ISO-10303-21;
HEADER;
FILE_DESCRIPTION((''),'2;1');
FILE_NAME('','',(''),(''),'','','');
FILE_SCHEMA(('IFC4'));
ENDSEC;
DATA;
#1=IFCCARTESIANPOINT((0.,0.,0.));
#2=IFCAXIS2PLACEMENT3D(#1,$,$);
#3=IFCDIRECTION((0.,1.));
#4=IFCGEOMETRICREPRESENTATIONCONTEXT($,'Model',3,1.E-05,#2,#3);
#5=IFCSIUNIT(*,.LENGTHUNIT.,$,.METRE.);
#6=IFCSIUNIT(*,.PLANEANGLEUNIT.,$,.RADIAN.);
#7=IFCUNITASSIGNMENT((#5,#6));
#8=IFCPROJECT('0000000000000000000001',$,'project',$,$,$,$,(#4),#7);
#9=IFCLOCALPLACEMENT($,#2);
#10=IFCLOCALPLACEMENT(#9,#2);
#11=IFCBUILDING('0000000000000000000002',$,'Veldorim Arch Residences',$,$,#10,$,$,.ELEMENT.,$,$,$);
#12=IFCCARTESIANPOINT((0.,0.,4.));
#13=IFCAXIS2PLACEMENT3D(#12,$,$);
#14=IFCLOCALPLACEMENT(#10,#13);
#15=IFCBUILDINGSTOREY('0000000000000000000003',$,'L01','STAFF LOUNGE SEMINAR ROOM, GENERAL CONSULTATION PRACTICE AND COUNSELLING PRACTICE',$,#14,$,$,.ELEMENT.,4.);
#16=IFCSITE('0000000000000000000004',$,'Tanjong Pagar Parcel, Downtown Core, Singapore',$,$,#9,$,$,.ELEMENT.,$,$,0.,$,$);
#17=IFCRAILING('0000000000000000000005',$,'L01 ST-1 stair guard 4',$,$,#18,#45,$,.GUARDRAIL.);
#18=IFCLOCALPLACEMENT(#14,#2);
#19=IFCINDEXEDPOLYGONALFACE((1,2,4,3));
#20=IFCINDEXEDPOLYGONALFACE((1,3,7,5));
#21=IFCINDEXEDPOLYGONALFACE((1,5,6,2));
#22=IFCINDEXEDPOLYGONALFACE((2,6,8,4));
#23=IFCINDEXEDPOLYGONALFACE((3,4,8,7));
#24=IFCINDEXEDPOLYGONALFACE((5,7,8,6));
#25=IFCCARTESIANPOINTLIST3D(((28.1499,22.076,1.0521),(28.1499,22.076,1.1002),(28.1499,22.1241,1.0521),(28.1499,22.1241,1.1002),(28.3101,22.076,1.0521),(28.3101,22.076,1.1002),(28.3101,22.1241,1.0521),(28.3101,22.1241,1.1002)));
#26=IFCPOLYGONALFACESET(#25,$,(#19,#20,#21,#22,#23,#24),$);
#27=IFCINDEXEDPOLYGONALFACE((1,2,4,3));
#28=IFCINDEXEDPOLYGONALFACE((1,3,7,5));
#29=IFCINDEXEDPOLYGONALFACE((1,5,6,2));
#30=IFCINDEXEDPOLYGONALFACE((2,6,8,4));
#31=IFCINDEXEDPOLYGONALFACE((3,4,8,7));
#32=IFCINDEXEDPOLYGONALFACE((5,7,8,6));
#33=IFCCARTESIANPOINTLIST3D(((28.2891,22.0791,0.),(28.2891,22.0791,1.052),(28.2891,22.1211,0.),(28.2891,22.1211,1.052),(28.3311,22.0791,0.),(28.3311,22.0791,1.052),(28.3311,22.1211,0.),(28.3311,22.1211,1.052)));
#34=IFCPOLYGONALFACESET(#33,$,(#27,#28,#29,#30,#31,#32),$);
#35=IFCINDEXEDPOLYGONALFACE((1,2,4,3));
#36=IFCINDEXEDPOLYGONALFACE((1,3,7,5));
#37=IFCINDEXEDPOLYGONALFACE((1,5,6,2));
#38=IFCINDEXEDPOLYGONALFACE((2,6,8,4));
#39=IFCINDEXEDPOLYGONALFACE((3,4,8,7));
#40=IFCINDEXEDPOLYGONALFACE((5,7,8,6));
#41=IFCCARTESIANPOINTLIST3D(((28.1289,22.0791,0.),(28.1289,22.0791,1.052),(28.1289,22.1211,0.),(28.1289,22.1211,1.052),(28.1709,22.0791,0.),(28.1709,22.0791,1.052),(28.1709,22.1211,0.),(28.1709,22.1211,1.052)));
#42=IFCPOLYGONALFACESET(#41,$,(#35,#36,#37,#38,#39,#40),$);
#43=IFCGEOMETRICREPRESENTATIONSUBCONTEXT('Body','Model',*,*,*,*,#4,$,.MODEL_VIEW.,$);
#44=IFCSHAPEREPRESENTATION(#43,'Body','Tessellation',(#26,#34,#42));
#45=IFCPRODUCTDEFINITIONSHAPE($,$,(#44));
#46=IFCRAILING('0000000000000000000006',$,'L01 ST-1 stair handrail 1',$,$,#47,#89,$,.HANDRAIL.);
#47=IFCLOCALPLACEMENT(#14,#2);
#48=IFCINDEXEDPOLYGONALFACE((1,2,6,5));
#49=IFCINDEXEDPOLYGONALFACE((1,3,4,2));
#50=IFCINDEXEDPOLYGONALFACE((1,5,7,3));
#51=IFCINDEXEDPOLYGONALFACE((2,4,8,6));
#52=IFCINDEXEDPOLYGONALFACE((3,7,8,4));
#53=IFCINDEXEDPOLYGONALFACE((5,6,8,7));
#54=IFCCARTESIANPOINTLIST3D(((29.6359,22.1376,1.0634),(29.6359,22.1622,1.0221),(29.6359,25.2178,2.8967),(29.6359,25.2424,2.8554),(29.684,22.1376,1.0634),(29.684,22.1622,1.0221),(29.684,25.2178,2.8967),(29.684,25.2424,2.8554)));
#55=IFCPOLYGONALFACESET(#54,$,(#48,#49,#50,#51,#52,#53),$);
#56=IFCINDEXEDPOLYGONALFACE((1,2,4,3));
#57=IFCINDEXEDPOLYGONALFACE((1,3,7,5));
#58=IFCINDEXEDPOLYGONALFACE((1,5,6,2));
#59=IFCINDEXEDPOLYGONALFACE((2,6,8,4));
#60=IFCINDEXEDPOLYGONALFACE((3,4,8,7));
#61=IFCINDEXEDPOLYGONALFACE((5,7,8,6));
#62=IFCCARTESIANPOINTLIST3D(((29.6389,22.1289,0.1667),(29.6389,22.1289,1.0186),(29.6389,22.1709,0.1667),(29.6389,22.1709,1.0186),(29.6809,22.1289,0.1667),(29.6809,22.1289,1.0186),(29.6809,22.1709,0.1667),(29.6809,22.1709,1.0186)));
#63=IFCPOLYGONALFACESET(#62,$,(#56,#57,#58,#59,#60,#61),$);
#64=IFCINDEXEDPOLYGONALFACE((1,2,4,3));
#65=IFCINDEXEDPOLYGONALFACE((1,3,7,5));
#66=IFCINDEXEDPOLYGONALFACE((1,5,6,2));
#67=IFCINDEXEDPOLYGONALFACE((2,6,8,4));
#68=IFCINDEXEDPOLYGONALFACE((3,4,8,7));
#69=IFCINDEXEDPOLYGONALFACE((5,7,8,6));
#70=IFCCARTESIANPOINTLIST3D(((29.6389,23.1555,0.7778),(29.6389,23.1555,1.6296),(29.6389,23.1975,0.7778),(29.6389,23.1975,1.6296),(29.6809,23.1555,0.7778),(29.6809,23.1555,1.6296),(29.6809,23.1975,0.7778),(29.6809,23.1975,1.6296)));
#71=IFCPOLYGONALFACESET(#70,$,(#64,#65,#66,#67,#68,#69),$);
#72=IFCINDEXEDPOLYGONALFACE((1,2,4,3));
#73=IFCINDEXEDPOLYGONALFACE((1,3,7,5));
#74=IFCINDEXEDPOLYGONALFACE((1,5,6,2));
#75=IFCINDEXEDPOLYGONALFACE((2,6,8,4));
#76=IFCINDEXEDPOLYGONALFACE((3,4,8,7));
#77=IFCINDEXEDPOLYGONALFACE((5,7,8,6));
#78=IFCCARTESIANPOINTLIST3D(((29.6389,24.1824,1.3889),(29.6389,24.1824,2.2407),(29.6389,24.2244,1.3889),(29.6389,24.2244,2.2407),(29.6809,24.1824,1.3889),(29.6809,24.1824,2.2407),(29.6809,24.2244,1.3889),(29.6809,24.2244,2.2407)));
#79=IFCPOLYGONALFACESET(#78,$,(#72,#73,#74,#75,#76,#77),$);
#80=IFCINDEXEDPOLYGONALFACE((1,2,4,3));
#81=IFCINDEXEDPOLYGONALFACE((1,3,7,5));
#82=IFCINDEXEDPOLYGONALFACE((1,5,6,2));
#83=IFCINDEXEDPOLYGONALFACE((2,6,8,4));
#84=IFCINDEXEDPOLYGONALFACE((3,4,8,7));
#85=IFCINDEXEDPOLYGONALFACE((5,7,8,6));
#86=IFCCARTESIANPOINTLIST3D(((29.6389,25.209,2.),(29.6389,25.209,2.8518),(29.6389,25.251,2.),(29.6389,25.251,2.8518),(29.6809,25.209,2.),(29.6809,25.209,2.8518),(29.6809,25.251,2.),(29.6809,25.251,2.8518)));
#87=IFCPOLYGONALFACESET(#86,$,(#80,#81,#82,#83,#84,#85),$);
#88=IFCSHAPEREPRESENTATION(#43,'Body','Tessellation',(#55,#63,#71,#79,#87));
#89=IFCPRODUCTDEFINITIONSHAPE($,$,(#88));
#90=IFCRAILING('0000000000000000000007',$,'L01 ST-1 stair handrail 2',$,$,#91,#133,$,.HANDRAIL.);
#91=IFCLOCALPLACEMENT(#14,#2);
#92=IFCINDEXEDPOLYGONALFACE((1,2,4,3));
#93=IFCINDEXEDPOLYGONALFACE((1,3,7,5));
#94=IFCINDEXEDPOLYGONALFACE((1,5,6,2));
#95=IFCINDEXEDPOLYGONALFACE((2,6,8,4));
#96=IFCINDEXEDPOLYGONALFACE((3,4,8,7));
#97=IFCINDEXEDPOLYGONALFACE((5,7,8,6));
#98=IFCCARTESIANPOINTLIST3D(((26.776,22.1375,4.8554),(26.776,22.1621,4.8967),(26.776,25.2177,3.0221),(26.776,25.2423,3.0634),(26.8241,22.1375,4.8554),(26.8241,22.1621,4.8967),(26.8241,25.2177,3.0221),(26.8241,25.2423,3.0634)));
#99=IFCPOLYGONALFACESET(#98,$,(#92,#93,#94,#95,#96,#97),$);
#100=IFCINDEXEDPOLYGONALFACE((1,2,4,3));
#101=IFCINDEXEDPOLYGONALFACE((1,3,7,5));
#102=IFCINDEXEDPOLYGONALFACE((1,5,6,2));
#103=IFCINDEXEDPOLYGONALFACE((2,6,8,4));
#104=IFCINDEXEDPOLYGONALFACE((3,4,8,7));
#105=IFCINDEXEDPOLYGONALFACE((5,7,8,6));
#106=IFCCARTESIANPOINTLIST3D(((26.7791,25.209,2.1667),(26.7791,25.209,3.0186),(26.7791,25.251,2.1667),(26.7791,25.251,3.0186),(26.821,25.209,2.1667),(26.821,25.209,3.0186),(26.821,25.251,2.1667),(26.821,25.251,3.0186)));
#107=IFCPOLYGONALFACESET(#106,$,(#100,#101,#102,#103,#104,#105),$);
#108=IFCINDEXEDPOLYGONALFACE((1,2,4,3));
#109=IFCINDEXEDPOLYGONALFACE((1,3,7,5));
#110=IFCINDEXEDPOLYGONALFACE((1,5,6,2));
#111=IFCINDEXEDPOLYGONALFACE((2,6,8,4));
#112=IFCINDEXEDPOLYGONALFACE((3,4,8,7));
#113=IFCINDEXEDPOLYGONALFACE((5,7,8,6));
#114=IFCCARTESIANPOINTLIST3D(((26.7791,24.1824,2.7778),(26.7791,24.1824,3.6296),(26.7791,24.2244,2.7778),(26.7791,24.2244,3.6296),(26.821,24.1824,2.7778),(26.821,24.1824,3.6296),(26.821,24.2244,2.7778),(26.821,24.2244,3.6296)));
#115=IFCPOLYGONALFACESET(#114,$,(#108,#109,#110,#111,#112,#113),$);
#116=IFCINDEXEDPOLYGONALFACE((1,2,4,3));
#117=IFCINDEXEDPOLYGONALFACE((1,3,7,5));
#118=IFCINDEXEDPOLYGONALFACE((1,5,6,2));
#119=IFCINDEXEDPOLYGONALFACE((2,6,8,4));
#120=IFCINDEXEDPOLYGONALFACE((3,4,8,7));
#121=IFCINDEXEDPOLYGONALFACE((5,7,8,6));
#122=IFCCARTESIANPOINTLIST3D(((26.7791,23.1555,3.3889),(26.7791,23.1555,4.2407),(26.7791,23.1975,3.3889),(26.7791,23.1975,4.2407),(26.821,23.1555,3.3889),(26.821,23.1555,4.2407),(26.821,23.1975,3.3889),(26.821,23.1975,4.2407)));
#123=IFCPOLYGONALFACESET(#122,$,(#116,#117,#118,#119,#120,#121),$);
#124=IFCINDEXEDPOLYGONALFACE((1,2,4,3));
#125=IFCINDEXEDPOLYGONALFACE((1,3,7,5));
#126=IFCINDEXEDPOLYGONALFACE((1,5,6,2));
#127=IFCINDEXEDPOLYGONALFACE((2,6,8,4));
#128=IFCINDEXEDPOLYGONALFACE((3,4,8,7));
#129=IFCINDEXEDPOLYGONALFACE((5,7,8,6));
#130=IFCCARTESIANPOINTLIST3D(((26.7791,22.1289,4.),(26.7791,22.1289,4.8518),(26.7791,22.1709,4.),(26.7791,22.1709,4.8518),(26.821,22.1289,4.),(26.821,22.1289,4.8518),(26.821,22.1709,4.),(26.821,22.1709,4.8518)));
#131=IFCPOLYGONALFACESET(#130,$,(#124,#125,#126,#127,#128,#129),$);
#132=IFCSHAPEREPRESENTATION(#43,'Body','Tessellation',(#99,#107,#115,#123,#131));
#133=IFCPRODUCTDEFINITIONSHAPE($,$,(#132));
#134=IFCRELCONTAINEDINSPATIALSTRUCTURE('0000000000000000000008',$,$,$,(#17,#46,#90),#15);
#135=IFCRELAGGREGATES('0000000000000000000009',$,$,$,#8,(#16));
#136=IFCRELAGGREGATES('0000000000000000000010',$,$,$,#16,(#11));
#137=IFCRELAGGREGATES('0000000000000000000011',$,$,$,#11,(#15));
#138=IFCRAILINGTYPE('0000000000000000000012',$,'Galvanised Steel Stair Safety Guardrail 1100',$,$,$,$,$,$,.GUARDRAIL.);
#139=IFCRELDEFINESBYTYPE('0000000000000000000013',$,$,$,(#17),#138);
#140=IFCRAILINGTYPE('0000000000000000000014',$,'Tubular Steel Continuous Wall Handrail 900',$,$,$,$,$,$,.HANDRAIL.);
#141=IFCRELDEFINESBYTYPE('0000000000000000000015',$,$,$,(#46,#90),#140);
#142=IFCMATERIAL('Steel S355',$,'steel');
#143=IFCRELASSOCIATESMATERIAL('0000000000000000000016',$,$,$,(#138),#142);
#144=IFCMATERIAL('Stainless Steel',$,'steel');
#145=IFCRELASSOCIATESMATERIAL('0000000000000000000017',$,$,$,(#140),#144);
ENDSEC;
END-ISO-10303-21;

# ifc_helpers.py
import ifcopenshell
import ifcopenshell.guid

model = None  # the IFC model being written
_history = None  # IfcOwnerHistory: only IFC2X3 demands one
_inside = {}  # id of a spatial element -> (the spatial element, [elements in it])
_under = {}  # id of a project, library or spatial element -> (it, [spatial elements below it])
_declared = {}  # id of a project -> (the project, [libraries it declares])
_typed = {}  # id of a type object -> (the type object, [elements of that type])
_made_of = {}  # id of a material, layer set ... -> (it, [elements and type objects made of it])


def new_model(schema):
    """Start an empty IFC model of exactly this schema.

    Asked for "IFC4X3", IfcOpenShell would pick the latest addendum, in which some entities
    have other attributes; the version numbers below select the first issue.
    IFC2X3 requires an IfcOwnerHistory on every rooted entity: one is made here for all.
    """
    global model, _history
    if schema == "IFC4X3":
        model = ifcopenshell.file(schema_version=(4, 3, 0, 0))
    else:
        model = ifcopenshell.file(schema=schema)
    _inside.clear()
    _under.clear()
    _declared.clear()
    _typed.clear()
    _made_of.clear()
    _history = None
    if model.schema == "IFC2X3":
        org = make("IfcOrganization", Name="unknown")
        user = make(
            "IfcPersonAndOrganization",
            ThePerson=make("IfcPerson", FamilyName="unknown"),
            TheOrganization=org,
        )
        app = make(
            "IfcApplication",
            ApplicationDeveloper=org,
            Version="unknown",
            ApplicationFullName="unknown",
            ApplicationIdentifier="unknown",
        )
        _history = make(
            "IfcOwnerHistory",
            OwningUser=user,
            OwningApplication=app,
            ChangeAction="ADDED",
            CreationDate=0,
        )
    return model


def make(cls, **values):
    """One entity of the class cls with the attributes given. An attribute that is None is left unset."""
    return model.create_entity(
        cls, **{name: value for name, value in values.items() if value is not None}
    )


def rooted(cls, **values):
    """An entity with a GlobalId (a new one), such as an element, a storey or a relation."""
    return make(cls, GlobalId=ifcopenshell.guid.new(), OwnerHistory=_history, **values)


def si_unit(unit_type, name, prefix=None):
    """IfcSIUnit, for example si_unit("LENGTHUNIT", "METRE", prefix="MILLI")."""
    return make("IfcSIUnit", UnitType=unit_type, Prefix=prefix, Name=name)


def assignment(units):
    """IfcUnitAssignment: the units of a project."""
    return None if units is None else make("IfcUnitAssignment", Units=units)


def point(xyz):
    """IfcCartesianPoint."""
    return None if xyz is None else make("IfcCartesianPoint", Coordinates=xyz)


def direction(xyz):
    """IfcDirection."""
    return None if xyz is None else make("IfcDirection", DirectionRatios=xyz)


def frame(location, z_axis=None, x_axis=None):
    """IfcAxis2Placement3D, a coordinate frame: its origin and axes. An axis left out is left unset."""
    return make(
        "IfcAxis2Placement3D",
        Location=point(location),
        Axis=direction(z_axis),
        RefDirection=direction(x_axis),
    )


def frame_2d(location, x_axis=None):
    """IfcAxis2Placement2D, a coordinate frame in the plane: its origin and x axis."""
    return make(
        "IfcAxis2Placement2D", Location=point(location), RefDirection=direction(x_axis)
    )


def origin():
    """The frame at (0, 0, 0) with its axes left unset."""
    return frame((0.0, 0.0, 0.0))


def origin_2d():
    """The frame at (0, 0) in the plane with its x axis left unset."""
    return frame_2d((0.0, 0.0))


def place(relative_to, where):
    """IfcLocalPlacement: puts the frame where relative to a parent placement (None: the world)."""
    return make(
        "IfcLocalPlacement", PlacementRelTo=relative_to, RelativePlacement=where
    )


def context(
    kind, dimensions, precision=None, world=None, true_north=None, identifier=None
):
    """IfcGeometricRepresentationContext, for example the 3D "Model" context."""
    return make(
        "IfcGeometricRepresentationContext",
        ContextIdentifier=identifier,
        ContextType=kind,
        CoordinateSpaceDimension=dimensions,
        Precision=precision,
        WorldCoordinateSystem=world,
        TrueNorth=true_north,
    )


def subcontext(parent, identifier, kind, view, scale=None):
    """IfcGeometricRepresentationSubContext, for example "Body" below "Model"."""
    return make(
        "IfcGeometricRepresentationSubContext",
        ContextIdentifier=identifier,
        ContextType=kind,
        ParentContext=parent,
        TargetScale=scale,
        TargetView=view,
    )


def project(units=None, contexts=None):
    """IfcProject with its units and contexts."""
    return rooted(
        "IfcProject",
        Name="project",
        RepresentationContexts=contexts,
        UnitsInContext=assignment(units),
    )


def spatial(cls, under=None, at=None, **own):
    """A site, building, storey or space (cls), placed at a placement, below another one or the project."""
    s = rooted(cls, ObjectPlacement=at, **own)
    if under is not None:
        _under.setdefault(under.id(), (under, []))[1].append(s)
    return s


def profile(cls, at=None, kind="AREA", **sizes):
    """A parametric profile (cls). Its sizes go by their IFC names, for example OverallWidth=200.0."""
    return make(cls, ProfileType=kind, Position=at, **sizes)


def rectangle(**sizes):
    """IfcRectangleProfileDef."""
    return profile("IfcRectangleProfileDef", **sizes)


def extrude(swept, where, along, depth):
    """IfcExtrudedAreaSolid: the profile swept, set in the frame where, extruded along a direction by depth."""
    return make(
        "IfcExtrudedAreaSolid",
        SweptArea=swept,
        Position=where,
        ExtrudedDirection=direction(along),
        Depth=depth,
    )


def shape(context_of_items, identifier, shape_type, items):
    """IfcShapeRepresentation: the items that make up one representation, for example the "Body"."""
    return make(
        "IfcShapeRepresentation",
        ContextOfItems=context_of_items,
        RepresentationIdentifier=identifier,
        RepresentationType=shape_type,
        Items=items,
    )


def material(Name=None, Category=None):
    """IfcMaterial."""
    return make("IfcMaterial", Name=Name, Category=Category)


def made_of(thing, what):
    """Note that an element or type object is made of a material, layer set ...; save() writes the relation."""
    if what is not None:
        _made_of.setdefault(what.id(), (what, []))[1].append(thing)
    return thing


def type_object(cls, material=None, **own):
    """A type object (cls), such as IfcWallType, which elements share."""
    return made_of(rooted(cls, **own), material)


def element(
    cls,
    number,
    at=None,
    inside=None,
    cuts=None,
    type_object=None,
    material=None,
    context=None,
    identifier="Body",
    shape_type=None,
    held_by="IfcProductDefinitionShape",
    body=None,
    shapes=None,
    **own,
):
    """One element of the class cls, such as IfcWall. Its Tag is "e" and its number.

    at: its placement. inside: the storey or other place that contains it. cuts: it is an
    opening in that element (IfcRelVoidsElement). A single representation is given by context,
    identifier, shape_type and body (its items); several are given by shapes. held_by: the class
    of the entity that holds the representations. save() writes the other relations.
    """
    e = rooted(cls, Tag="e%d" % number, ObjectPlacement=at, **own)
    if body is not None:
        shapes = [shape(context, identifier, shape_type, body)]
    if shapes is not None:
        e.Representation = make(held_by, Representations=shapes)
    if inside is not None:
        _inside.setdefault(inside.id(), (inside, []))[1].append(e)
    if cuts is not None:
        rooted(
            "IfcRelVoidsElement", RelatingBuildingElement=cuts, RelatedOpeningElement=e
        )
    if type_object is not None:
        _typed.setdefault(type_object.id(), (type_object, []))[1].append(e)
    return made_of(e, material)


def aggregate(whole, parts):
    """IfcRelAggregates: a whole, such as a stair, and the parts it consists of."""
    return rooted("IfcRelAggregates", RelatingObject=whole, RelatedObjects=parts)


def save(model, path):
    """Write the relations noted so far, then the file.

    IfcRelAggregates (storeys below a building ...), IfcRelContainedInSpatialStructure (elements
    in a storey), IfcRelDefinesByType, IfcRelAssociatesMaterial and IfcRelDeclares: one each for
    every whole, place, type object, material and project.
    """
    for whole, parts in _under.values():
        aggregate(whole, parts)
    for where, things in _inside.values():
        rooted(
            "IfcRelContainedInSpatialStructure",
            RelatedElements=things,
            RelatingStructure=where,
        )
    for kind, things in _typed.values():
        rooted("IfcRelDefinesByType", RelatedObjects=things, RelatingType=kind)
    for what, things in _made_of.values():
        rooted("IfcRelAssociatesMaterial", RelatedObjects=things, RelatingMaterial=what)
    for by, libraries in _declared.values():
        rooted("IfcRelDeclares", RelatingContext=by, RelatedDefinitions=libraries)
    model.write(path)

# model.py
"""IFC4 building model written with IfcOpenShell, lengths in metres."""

from ifc_helpers import new_model, si_unit, direction, frame, origin, origin_2d, place, context, subcontext, project, spatial, rectangle, extrude, material, type_object, element, save


model = new_model("IFC4")

# Units and contexts
model_context = context("Model", 3, precision=1e-05, world=origin(), true_north=direction((0.0, 1.0)))
body_context = subcontext(model_context, "Body", "Model", "MODEL_VIEW")
ifc_project = project(units=[si_unit("LENGTHUNIT", "METRE"), si_unit("PLANEANGLEUNIT", "RADIAN")], contexts=[model_context])

# Site, building, storey
site_placement = place(None, origin())
site = spatial("IfcSite", under=ifc_project, at=site_placement, Name="Tanjong Pagar Parcel, Downtown Core, Singapore", CompositionType="ELEMENT", RefElevation=0.0)
building_placement = place(site_placement, origin())
building = spatial("IfcBuilding", under=site, at=building_placement, Name="Veldorim Arch Residences", CompositionType="ELEMENT")
storey_placement = place(building_placement, frame((0.0, 0.0, 4.0)))
storey = spatial("IfcBuildingStorey", under=building, at=storey_placement, Name="L01", Description="STAFF LOUNGE SEMINAR ROOM, GENERAL CONSULTATION PRACTICE AND COUNSELLING PRACTICE", CompositionType="ELEMENT", Elevation=4.0)

# Railings
ifc_material_1 = material(Name="Steel S355", Category="steel")
railing_type_1 = type_object("IfcRailingType", Name="Galvanised Steel Stair Safety Guardrail 1100", PredefinedType="GUARDRAIL", material=ifc_material_1)
railing_1_placement = place(storey_placement, frame((28.3101, 22.1001, 0.0)))
element("IfcRailing", 1, at=railing_1_placement, inside=storey, type_object=railing_type_1, Name="L01 ST-1 stair guard 4", PredefinedType="GUARDRAIL", context=body_context, shape_type="SweptSolid", body=[
    extrude(rectangle(XDim=0.0481, YDim=0.0481, at=origin_2d()), frame((0.0, 0.0, 1.0762), z_axis=(-1.0, 0.0, 0.0), x_axis=(0.0, -1.0, 0.0)), (0.0, 0.0, 1.0), 0.1602),
    extrude(rectangle(XDim=0.042, YDim=0.042, at=origin_2d()), origin(), (0.0, 0.0, 1.0), 1.052),
    extrude(rectangle(XDim=0.042, YDim=0.042, at=origin_2d()), frame((-0.1602, 0.0, 0.0)), (0.0, 0.0, 1.0), 1.052),
])
ifc_material_2 = material(Name="Stainless Steel", Category="steel")
railing_type_2 = type_object("IfcRailingType", Name="Tubular Steel Continuous Wall Handrail 900", PredefinedType="HANDRAIL", material=ifc_material_2)
railing_2_placement = place(storey_placement, frame((29.6599, 22.1499, 0.1667)))
element("IfcRailing", 2, at=railing_2_placement, inside=storey, type_object=railing_type_2, Name="L01 ST-1 stair handrail 1", PredefinedType="HANDRAIL", context=body_context, shape_type="SweptSolid", body=[
    extrude(rectangle(XDim=0.0481, YDim=0.0481, at=origin_2d()), frame((0.0, 0.0, 0.876), z_axis=(0.0, 0.859309, 0.511458), x_axis=(-1.0, 0.0, 0.0)), (0.0, 0.0, 1.0), 3.5845),
    extrude(rectangle(XDim=0.042, YDim=0.042, at=origin_2d()), origin(), (0.0, 0.0, 1.0), 0.8518),
    extrude(rectangle(XDim=0.042, YDim=0.042, at=origin_2d()), frame((0.0, 1.0266, 0.6111)), (0.0, 0.0, 1.0), 0.8518),
    extrude(rectangle(XDim=0.042, YDim=0.042, at=origin_2d()), frame((0.0, 2.0535, 1.2222)), (0.0, 0.0, 1.0), 0.8518),
    extrude(rectangle(XDim=0.042, YDim=0.042, at=origin_2d()), frame((0.0, 3.0801, 1.8333)), (0.0, 0.0, 1.0), 0.8518),
])
railing_3_placement = place(storey_placement, frame((26.8, 25.23, 2.1667)))
element("IfcRailing", 3, at=railing_3_placement, inside=storey, type_object=railing_type_2, Name="L01 ST-1 stair handrail 2", PredefinedType="HANDRAIL", context=body_context, shape_type="SweptSolid", body=[
    extrude(rectangle(XDim=0.0481, YDim=0.0481, at=origin_2d()), frame((0.0, 0.0, 0.876), z_axis=(0.0, -0.859309, 0.511458), x_axis=(1.0, 0.0, 0.0)), (0.0, 0.0, 1.0), 3.5845),
    extrude(rectangle(XDim=0.042, YDim=0.042, at=origin_2d()), origin(), (0.0, 0.0, 1.0), 0.8518),
    extrude(rectangle(XDim=0.042, YDim=0.042, at=origin_2d()), frame((0.0, -1.0266, 0.6111)), (0.0, 0.0, 1.0), 0.8518),
    extrude(rectangle(XDim=0.042, YDim=0.042, at=origin_2d()), frame((0.0, -2.0535, 1.2222)), (0.0, 0.0, 1.0), 0.8518),
    extrude(rectangle(XDim=0.042, YDim=0.042, at=origin_2d()), frame((0.0, -3.0801, 1.8333)), (0.0, 0.0, 1.0), 0.8518),
])

save(model, "model.ifc")
